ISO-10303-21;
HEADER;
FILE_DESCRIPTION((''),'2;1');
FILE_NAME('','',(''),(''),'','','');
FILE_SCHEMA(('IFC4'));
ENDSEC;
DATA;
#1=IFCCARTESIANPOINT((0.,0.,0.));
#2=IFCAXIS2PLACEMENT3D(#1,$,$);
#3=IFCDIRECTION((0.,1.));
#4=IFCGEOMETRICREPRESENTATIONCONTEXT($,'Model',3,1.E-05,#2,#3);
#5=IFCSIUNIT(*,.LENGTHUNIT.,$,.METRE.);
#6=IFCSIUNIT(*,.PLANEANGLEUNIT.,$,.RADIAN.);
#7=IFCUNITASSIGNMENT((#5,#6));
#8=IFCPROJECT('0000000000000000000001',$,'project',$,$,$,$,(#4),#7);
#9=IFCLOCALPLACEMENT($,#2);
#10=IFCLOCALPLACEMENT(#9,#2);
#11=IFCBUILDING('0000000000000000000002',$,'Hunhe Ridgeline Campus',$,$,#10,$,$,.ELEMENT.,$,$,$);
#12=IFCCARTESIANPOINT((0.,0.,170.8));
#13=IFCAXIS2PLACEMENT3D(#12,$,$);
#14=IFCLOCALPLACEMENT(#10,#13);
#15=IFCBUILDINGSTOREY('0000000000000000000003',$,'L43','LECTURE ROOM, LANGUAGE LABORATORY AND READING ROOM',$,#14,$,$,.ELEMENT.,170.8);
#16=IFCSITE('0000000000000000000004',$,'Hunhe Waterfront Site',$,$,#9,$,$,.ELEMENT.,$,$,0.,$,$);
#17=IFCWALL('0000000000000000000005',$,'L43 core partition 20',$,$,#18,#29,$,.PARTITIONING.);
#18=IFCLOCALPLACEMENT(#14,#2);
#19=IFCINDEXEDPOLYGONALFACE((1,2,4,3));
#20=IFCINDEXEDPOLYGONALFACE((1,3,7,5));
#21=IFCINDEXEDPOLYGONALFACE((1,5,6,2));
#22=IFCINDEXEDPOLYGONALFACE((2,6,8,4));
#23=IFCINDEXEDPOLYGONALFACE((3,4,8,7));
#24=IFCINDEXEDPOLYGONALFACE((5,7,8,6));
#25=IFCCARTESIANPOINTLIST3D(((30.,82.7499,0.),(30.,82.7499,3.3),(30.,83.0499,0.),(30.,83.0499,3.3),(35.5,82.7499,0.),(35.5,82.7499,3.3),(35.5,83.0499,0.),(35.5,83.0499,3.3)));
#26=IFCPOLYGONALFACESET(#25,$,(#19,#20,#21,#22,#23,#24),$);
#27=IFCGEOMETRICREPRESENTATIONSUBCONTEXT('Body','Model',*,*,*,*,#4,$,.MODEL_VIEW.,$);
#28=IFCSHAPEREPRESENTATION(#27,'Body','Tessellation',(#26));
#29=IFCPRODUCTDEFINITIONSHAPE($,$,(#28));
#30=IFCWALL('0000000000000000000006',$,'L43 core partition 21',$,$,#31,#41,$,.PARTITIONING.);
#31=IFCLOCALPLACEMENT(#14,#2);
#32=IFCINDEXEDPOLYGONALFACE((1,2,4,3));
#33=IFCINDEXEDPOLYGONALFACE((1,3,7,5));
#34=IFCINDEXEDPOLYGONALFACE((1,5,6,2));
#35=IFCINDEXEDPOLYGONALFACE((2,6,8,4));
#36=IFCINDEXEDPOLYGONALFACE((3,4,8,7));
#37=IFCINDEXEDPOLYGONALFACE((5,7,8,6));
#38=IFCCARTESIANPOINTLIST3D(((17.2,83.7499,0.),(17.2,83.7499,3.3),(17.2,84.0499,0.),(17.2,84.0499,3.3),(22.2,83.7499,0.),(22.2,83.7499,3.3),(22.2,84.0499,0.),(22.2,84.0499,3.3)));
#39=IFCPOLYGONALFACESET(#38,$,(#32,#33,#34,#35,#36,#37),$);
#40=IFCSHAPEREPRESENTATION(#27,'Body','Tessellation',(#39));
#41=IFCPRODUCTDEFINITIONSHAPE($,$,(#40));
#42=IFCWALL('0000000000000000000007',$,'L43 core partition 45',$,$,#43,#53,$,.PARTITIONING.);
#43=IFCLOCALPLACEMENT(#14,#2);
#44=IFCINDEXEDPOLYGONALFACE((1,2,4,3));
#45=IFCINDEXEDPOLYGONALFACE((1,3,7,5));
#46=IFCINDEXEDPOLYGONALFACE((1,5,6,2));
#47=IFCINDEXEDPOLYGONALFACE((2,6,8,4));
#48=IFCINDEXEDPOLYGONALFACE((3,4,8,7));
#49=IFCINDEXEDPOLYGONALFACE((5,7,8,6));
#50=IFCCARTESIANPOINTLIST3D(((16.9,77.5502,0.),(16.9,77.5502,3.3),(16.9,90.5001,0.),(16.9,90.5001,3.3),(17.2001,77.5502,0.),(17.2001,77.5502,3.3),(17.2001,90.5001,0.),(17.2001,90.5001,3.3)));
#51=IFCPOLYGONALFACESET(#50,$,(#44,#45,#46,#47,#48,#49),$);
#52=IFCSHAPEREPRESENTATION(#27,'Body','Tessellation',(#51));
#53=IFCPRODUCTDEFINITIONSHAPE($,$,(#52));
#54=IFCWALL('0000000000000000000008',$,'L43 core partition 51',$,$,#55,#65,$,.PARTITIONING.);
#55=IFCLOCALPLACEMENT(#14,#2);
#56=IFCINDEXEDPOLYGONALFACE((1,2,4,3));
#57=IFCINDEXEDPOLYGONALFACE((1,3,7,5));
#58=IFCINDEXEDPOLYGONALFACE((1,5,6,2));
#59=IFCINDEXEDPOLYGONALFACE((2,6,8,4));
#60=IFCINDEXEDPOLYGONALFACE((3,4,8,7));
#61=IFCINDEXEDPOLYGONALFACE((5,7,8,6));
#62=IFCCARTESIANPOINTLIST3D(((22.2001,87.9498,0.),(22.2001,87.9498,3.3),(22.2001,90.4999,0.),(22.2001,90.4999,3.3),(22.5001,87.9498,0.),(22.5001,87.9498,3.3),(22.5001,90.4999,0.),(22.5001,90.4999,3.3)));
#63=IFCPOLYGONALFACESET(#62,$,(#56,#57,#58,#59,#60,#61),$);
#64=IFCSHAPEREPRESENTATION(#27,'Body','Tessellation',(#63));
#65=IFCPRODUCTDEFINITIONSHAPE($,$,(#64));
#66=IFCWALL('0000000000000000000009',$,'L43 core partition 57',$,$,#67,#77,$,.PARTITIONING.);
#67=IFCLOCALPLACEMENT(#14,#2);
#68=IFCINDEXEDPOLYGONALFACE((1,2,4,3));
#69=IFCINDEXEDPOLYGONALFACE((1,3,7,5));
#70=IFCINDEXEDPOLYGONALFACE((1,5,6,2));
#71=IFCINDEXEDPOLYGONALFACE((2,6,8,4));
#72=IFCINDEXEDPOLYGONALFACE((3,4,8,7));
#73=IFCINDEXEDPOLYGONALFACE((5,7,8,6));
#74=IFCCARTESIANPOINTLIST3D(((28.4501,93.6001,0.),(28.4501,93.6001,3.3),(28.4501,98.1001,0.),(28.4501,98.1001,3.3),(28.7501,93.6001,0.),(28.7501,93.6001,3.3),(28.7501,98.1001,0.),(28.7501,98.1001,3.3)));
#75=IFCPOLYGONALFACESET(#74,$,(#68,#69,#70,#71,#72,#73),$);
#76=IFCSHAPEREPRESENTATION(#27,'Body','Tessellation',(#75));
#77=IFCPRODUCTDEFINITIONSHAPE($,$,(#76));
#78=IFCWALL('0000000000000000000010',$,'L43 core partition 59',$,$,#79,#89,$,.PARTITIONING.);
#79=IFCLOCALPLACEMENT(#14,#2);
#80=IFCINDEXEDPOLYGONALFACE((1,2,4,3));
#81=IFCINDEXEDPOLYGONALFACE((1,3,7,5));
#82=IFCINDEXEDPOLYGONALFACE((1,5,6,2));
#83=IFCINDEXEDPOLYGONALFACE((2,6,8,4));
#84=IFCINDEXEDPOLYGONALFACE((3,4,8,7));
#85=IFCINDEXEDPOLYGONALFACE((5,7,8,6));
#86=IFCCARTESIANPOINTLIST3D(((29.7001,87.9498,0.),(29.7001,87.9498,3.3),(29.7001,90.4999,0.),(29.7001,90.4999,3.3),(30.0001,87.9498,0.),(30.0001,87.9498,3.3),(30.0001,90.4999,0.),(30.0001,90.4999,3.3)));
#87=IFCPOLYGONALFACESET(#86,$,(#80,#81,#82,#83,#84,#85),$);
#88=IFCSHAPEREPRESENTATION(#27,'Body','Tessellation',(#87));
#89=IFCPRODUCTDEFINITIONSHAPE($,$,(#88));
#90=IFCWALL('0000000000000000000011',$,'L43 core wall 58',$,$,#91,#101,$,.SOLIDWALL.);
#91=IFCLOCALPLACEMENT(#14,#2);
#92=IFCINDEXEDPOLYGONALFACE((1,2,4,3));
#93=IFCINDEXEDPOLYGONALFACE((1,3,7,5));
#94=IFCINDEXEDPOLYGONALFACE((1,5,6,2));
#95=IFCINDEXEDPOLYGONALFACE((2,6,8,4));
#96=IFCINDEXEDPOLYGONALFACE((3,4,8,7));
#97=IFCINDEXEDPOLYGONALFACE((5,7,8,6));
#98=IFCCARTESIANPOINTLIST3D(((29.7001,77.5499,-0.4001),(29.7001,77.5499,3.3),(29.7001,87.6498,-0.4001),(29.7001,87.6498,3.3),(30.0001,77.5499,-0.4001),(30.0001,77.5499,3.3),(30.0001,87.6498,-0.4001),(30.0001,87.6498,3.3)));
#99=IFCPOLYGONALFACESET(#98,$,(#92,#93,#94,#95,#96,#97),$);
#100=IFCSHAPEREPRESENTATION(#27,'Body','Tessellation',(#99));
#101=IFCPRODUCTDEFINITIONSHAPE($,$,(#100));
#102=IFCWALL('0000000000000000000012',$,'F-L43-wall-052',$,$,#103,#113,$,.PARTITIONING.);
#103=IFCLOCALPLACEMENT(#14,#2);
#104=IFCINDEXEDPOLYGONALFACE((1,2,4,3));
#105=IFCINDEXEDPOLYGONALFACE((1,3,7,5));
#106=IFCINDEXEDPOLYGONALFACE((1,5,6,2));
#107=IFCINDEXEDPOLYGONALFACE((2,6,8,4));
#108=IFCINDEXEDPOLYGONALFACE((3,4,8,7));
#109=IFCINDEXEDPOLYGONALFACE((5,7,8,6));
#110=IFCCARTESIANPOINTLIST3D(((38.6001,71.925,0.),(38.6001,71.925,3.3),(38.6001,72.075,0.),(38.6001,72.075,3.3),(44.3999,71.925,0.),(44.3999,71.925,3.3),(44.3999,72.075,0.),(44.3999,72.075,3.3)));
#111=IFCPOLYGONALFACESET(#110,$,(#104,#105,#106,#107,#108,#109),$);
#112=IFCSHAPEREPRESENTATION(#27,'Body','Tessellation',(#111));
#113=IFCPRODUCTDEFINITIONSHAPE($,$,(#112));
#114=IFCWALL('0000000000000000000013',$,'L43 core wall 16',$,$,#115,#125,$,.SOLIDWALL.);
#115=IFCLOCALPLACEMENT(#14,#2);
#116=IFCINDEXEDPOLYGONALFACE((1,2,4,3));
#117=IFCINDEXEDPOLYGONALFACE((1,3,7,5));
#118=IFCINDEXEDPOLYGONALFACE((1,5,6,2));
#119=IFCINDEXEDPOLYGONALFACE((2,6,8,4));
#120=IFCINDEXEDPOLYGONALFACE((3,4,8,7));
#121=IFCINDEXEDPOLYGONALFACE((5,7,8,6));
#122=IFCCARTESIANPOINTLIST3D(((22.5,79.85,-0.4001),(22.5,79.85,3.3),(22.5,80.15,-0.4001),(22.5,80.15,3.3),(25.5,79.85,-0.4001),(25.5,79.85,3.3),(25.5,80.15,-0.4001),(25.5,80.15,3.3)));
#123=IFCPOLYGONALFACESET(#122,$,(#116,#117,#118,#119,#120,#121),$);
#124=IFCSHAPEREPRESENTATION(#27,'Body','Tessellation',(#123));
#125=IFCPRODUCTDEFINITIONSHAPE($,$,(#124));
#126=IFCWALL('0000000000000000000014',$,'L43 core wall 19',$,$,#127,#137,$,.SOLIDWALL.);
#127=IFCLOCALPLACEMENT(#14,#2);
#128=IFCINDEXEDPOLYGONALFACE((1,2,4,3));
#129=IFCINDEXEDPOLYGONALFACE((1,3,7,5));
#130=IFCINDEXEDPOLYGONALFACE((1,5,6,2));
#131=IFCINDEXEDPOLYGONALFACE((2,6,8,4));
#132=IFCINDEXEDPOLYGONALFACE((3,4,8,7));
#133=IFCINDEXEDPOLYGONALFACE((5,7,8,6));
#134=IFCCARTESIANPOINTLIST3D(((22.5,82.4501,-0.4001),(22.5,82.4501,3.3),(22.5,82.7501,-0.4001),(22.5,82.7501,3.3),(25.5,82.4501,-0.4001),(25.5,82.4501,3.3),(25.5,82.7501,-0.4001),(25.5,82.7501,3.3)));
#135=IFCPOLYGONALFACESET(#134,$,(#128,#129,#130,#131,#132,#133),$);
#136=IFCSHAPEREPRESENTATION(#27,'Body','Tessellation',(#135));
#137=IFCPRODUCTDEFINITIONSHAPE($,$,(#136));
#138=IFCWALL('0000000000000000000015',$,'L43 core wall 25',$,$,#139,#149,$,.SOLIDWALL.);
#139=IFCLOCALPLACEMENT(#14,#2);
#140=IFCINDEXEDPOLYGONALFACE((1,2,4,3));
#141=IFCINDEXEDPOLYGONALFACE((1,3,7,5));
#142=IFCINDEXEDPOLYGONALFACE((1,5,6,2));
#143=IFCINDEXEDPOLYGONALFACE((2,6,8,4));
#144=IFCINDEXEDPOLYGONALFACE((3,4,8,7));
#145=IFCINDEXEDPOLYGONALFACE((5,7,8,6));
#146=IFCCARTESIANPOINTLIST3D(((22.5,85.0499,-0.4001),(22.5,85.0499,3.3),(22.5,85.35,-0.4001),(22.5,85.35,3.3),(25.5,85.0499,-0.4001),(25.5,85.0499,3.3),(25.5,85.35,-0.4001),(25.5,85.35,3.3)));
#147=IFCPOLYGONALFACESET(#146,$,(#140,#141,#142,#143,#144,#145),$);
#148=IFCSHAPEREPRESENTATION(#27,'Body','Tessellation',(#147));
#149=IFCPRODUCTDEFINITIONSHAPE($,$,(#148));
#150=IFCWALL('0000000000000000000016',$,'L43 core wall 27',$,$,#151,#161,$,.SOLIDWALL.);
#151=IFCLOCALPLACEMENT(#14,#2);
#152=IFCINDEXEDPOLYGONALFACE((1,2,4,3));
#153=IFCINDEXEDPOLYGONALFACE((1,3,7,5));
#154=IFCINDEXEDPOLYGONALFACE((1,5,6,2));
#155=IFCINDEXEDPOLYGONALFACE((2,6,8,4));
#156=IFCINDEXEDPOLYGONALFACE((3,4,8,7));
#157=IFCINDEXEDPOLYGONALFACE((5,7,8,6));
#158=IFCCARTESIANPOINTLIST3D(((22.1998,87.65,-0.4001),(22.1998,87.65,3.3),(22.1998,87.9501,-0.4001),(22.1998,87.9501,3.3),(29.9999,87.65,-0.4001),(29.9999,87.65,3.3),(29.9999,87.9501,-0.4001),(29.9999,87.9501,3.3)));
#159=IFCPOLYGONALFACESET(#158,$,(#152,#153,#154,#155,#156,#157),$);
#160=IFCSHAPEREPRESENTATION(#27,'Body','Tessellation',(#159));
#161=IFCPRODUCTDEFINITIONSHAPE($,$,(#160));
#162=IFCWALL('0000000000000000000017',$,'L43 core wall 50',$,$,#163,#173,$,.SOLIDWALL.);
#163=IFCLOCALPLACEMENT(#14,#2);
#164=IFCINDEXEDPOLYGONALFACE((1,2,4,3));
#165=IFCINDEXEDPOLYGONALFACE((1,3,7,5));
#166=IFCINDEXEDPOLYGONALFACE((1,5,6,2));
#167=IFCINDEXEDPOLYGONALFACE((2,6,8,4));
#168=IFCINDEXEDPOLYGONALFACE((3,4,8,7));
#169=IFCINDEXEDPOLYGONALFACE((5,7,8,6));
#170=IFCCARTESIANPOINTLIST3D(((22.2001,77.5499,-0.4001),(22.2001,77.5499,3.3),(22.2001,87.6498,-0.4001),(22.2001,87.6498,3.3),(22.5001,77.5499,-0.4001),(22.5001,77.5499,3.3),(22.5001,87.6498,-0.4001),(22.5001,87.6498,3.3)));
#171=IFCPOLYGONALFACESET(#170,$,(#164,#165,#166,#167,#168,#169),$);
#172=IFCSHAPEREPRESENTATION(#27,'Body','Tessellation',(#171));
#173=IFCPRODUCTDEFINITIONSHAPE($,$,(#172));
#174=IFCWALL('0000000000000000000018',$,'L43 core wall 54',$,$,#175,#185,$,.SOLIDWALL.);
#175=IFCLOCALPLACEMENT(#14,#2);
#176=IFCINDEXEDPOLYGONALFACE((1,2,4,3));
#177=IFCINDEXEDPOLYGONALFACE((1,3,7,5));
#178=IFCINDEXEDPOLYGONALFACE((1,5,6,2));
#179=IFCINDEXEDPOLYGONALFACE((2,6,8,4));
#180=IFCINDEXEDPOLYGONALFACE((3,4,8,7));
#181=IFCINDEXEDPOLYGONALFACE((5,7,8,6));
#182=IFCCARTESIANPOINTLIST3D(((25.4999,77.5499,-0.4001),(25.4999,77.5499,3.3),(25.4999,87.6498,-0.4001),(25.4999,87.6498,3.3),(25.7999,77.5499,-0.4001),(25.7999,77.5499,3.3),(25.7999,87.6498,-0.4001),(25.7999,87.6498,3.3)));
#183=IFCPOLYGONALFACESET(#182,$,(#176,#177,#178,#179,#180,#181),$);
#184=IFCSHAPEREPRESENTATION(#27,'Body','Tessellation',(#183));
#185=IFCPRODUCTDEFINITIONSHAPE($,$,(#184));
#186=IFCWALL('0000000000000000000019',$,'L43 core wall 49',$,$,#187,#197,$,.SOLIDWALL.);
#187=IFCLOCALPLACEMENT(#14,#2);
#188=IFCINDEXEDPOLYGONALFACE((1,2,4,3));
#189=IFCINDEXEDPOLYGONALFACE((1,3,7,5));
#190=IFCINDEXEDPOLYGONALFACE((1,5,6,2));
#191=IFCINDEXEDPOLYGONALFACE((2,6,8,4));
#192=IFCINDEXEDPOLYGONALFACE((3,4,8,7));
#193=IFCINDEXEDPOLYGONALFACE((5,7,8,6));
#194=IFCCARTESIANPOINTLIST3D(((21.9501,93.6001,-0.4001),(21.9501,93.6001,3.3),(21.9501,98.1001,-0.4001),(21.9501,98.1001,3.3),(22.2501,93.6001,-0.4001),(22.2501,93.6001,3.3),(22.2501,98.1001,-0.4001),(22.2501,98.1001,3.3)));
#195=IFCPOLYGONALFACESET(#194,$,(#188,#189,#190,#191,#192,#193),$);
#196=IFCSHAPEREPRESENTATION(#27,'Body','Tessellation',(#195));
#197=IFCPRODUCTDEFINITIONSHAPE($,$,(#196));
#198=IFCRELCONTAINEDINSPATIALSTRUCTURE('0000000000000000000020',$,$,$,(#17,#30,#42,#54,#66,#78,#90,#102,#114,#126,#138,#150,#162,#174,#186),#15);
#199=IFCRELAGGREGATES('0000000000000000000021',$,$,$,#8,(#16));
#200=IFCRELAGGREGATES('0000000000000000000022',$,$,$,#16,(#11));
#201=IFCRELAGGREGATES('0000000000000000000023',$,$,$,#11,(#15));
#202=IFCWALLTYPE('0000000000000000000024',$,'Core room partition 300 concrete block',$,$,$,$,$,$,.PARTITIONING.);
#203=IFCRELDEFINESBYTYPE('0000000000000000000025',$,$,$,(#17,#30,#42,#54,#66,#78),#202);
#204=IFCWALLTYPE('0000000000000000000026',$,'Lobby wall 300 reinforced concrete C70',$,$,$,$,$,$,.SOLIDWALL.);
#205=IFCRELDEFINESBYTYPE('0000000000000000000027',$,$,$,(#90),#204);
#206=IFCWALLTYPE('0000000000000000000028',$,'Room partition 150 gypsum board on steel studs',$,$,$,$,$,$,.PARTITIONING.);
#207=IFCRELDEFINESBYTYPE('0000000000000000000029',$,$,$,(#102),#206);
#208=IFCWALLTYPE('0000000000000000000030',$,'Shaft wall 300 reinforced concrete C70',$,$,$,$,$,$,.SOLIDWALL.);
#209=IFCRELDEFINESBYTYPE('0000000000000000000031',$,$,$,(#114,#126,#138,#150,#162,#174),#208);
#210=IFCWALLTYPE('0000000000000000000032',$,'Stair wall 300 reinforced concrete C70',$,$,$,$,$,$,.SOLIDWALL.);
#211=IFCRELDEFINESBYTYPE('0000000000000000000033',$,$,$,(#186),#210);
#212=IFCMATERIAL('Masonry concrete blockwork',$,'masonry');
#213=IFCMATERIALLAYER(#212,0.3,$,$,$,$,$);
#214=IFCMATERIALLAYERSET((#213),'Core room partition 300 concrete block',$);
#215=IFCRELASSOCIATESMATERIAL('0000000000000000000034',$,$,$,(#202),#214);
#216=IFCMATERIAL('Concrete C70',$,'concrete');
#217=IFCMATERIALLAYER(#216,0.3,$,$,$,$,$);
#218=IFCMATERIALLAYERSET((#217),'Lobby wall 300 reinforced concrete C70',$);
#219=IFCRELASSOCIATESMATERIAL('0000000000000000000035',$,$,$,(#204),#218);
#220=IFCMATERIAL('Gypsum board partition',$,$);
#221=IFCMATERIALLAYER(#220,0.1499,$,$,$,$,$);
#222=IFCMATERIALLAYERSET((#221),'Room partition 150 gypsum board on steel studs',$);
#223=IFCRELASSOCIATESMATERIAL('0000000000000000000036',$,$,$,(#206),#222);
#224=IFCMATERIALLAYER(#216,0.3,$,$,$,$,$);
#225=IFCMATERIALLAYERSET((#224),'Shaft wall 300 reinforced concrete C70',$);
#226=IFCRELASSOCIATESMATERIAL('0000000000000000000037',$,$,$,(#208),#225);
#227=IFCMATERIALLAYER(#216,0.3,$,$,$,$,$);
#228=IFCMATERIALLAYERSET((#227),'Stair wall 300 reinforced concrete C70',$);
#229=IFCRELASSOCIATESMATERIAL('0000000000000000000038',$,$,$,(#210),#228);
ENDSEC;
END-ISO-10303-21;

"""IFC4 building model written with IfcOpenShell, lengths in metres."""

from ifc_helpers import new_model, si_unit, direction, frame, frame_2d, origin, place, context, subcontext, project, spatial, rectangle, extrude, material, layer, layer_set, type_object, element, save


model = new_model("IFC4")

# Units and contexts
model_context = context("Model", 3, precision=1e-05, world=origin(), true_north=direction((0.0, 1.0)))
body_context = subcontext(model_context, "Body", "Model", "MODEL_VIEW")
ifc_project = project(units=[si_unit("LENGTHUNIT", "METRE"), si_unit("PLANEANGLEUNIT", "RADIAN")], contexts=[model_context])

# Site, building, storey
site_placement = place(None, origin())
site = spatial("IfcSite", under=ifc_project, at=site_placement, Name="Hunhe Waterfront Site", CompositionType="ELEMENT", RefElevation=0.0)
building_placement = place(site_placement, origin())
building = spatial("IfcBuilding", under=site, at=building_placement, Name="Hunhe Ridgeline Campus", CompositionType="ELEMENT")
storey_placement = place(building_placement, frame((0.0, 0.0, 170.8)))
storey = spatial("IfcBuildingStorey", under=building, at=storey_placement, Name="L43", Description="LECTURE ROOM, LANGUAGE LABORATORY AND READING ROOM", CompositionType="ELEMENT", Elevation=170.8)

# Shared definitions
ifc_material_1 = material(Name="Masonry concrete blockwork", Category="masonry")
ifc_layer_1 = layer(ifc_material_1, 0.3)
ifc_layer_set_1 = layer_set([ifc_layer_1], Name="Core room partition 300 concrete block")
wall_type_1 = type_object("IfcWallType", Name="Core room partition 300 concrete block", PredefinedType="PARTITIONING", material=ifc_layer_set_1)

# Walls
wall_1_placement = place(storey_placement, frame((30.0, 82.8999, 0.0), z_axis=(0.0, 0.0, 1.0), x_axis=(1.0, 0.0, 0.0)))
element("IfcWall", 1, at=wall_1_placement, inside=storey, type_object=wall_type_1, Name="L43 core partition 20", PredefinedType="PARTITIONING", context=body_context, shape_type="SweptSolid", body=[
    extrude(rectangle(XDim=5.5, YDim=0.3, at=frame_2d((2.75, 0.0))), origin(), (0.0, 0.0, 1.0), 3.3),
])
wall_2_placement = place(storey_placement, frame((17.2, 83.8999, 0.0), z_axis=(0.0, 0.0, 1.0), x_axis=(1.0, 0.0, 0.0)))
element("IfcWall", 2, at=wall_2_placement, inside=storey, type_object=wall_type_1, Name="L43 core partition 21", PredefinedType="PARTITIONING", context=body_context, shape_type="SweptSolid", body=[
    extrude(rectangle(XDim=5.0, YDim=0.3, at=frame_2d((2.5, 0.0))), origin(), (0.0, 0.0, 1.0), 3.3),
])
wall_3_placement = place(storey_placement, frame((17.05, 77.55, 0.0), z_axis=(0.0, 0.0, 1.0), x_axis=(0.0, 1.0, 0.0)))
element("IfcWall", 3, at=wall_3_placement, inside=storey, type_object=wall_type_1, Name="L43 core partition 45", PredefinedType="PARTITIONING", context=body_context, shape_type="SweptSolid", body=[
    extrude(rectangle(XDim=12.95, YDim=0.3, at=frame_2d((6.4751, 0.0))), origin(), (0.0, 0.0, 1.0), 3.3),
])
wall_4_placement = place(storey_placement, frame((22.3501, 87.95, 0.0), z_axis=(0.0, 0.0, 1.0), x_axis=(0.0, 1.0, 0.0)))
element("IfcWall", 4, at=wall_4_placement, inside=storey, type_object=wall_type_1, Name="L43 core partition 51", PredefinedType="PARTITIONING", context=body_context, shape_type="SweptSolid", body=[
    extrude(rectangle(XDim=2.55, YDim=0.3, at=frame_2d((1.2749, 0.0))), origin(), (0.0, 0.0, 1.0), 3.3),
])
wall_5_placement = place(storey_placement, frame((28.6001, 93.6001, 0.0), z_axis=(0.0, 0.0, 1.0), x_axis=(0.0, 1.0, 0.0)))
element("IfcWall", 5, at=wall_5_placement, inside=storey, type_object=wall_type_1, Name="L43 core partition 57", PredefinedType="PARTITIONING", context=body_context, shape_type="SweptSolid", body=[
    extrude(rectangle(XDim=4.5, YDim=0.3, at=frame_2d((2.25, 0.0))), origin(), (0.0, 0.0, 1.0), 3.3),
])
wall_6_placement = place(storey_placement, frame((29.8501, 87.95, 0.0), z_axis=(0.0, 0.0, 1.0), x_axis=(0.0, 1.0, 0.0)))
element("IfcWall", 6, at=wall_6_placement, inside=storey, type_object=wall_type_1, Name="L43 core partition 59", PredefinedType="PARTITIONING", context=body_context, shape_type="SweptSolid", body=[
    extrude(rectangle(XDim=2.55, YDim=0.3, at=frame_2d((1.2749, 0.0))), origin(), (0.0, 0.0, 1.0), 3.3),
])

# Shared definitions
ifc_material_2 = material(Name="Gypsum board partition")

# Walls
ifc_material_3 = material(Name="Concrete C70", Category="concrete")
ifc_layer_2 = layer(ifc_material_3, 0.3)
ifc_layer_set_2 = layer_set([ifc_layer_2], Name="Lobby wall 300 reinforced concrete C70")
wall_type_2 = type_object("IfcWallType", Name="Lobby wall 300 reinforced concrete C70", PredefinedType="SOLIDWALL", material=ifc_layer_set_2)
wall_7_placement = place(storey_placement, frame((29.8501, 77.55, -0.4001), z_axis=(0.0, 0.0, 1.0), x_axis=(0.0, 1.0, 0.0)))
element("IfcWall", 7, at=wall_7_placement, inside=storey, type_object=wall_type_2, Name="L43 core wall 58", PredefinedType="SOLIDWALL", context=body_context, shape_type="SweptSolid", body=[
    extrude(rectangle(XDim=10.0999, YDim=0.3, at=frame_2d((5.0498, 0.0))), origin(), (0.0, 0.0, 1.0), 3.7002),
])
ifc_layer_3 = layer(ifc_material_2, 0.1499)
ifc_layer_set_3 = layer_set([ifc_layer_3], Name="Room partition 150 gypsum board on steel studs")
wall_type_3 = type_object("IfcWallType", Name="Room partition 150 gypsum board on steel studs", PredefinedType="PARTITIONING", material=ifc_layer_set_3)
wall_8_placement = place(storey_placement, frame((38.6001, 72.0, 0.0), z_axis=(0.0, 0.0, 1.0), x_axis=(1.0, 0.0, 0.0)))
element("IfcWall", 8, at=wall_8_placement, inside=storey, type_object=wall_type_3, Name="F-L43-wall-052", PredefinedType="PARTITIONING", context=body_context, shape_type="SweptSolid", body=[
    extrude(rectangle(XDim=5.7998, YDim=0.1499, at=frame_2d((2.8999, 0.0))), origin(), (0.0, 0.0, 1.0), 3.3),
])
ifc_layer_4 = layer(ifc_material_3, 0.3)
ifc_layer_set_4 = layer_set([ifc_layer_4], Name="Shaft wall 300 reinforced concrete C70")
wall_type_4 = type_object("IfcWallType", Name="Shaft wall 300 reinforced concrete C70", PredefinedType="SOLIDWALL", material=ifc_layer_set_4)
for number, where, z_axis, x_axis, name in (
    (9, (22.5, 80.0, -0.4001), (0.0, 0.0, 1.0), (1.0, 0.0, 0.0), "L43 core wall 16"),
    (10, (22.5, 82.6001, -0.4001), (0.0, 0.0, 1.0), (1.0, 0.0, 0.0), "L43 core wall 19"),
    (11, (22.5, 85.2, -0.4001), (0.0, 0.0, 1.0), (1.0, 0.0, 0.0), "L43 core wall 25"),
):
    element("IfcWall", number, at=place(storey_placement, frame(where, z_axis=z_axis, x_axis=x_axis)), inside=storey, type_object=wall_type_4, Name=name, PredefinedType="SOLIDWALL", context=body_context, shape_type="SweptSolid", body=[
        extrude(rectangle(XDim=3.0, YDim=0.3, at=frame_2d((1.5, 0.0))), origin(), (0.0, 0.0, 1.0), 3.7002),
    ])
wall_9_placement = place(storey_placement, frame((22.2, 87.8, -0.4001), z_axis=(0.0, 0.0, 1.0), x_axis=(1.0, 0.0, 0.0)))
element("IfcWall", 12, at=wall_9_placement, inside=storey, type_object=wall_type_4, Name="L43 core wall 27", PredefinedType="SOLIDWALL", context=body_context, shape_type="SweptSolid", body=[
    extrude(rectangle(XDim=7.8, YDim=0.3, at=frame_2d((3.8999, 0.0))), origin(), (0.0, 0.0, 1.0), 3.7002),
])
for number, where, z_axis, x_axis, name in (
    (13, (22.3501, 77.55, -0.4001), (0.0, 0.0, 1.0), (0.0, 1.0, 0.0), "L43 core wall 50"),
    (14, (25.6499, 77.55, -0.4001), (0.0, 0.0, 1.0), (0.0, 1.0, 0.0), "L43 core wall 54"),
):
    element("IfcWall", number, at=place(storey_placement, frame(where, z_axis=z_axis, x_axis=x_axis)), inside=storey, type_object=wall_type_4, Name=name, PredefinedType="SOLIDWALL", context=body_context, shape_type="SweptSolid", body=[
        extrude(rectangle(XDim=10.0999, YDim=0.3, at=frame_2d((5.0498, 0.0))), origin(), (0.0, 0.0, 1.0), 3.7002),
    ])

# Shared definitions
ifc_layer_5 = layer(ifc_material_3, 0.3)
ifc_layer_set_5 = layer_set([ifc_layer_5], Name="Stair wall 300 reinforced concrete C70")
wall_type_5 = type_object("IfcWallType", Name="Stair wall 300 reinforced concrete C70", PredefinedType="SOLIDWALL", material=ifc_layer_set_5)

# Wall
wall_10_placement = place(storey_placement, frame((22.1001, 93.6001, -0.4001), z_axis=(0.0, 0.0, 1.0), x_axis=(0.0, 1.0, 0.0)))
element("IfcWall", 15, at=wall_10_placement, inside=storey, type_object=wall_type_5, Name="L43 core wall 49", PredefinedType="SOLIDWALL", context=body_context, shape_type="SweptSolid", body=[
    extrude(rectangle(XDim=4.5, YDim=0.3, at=frame_2d((2.25, 0.0))), origin(), (0.0, 0.0, 1.0), 3.7002),
])

save(model, "model.ifc")
